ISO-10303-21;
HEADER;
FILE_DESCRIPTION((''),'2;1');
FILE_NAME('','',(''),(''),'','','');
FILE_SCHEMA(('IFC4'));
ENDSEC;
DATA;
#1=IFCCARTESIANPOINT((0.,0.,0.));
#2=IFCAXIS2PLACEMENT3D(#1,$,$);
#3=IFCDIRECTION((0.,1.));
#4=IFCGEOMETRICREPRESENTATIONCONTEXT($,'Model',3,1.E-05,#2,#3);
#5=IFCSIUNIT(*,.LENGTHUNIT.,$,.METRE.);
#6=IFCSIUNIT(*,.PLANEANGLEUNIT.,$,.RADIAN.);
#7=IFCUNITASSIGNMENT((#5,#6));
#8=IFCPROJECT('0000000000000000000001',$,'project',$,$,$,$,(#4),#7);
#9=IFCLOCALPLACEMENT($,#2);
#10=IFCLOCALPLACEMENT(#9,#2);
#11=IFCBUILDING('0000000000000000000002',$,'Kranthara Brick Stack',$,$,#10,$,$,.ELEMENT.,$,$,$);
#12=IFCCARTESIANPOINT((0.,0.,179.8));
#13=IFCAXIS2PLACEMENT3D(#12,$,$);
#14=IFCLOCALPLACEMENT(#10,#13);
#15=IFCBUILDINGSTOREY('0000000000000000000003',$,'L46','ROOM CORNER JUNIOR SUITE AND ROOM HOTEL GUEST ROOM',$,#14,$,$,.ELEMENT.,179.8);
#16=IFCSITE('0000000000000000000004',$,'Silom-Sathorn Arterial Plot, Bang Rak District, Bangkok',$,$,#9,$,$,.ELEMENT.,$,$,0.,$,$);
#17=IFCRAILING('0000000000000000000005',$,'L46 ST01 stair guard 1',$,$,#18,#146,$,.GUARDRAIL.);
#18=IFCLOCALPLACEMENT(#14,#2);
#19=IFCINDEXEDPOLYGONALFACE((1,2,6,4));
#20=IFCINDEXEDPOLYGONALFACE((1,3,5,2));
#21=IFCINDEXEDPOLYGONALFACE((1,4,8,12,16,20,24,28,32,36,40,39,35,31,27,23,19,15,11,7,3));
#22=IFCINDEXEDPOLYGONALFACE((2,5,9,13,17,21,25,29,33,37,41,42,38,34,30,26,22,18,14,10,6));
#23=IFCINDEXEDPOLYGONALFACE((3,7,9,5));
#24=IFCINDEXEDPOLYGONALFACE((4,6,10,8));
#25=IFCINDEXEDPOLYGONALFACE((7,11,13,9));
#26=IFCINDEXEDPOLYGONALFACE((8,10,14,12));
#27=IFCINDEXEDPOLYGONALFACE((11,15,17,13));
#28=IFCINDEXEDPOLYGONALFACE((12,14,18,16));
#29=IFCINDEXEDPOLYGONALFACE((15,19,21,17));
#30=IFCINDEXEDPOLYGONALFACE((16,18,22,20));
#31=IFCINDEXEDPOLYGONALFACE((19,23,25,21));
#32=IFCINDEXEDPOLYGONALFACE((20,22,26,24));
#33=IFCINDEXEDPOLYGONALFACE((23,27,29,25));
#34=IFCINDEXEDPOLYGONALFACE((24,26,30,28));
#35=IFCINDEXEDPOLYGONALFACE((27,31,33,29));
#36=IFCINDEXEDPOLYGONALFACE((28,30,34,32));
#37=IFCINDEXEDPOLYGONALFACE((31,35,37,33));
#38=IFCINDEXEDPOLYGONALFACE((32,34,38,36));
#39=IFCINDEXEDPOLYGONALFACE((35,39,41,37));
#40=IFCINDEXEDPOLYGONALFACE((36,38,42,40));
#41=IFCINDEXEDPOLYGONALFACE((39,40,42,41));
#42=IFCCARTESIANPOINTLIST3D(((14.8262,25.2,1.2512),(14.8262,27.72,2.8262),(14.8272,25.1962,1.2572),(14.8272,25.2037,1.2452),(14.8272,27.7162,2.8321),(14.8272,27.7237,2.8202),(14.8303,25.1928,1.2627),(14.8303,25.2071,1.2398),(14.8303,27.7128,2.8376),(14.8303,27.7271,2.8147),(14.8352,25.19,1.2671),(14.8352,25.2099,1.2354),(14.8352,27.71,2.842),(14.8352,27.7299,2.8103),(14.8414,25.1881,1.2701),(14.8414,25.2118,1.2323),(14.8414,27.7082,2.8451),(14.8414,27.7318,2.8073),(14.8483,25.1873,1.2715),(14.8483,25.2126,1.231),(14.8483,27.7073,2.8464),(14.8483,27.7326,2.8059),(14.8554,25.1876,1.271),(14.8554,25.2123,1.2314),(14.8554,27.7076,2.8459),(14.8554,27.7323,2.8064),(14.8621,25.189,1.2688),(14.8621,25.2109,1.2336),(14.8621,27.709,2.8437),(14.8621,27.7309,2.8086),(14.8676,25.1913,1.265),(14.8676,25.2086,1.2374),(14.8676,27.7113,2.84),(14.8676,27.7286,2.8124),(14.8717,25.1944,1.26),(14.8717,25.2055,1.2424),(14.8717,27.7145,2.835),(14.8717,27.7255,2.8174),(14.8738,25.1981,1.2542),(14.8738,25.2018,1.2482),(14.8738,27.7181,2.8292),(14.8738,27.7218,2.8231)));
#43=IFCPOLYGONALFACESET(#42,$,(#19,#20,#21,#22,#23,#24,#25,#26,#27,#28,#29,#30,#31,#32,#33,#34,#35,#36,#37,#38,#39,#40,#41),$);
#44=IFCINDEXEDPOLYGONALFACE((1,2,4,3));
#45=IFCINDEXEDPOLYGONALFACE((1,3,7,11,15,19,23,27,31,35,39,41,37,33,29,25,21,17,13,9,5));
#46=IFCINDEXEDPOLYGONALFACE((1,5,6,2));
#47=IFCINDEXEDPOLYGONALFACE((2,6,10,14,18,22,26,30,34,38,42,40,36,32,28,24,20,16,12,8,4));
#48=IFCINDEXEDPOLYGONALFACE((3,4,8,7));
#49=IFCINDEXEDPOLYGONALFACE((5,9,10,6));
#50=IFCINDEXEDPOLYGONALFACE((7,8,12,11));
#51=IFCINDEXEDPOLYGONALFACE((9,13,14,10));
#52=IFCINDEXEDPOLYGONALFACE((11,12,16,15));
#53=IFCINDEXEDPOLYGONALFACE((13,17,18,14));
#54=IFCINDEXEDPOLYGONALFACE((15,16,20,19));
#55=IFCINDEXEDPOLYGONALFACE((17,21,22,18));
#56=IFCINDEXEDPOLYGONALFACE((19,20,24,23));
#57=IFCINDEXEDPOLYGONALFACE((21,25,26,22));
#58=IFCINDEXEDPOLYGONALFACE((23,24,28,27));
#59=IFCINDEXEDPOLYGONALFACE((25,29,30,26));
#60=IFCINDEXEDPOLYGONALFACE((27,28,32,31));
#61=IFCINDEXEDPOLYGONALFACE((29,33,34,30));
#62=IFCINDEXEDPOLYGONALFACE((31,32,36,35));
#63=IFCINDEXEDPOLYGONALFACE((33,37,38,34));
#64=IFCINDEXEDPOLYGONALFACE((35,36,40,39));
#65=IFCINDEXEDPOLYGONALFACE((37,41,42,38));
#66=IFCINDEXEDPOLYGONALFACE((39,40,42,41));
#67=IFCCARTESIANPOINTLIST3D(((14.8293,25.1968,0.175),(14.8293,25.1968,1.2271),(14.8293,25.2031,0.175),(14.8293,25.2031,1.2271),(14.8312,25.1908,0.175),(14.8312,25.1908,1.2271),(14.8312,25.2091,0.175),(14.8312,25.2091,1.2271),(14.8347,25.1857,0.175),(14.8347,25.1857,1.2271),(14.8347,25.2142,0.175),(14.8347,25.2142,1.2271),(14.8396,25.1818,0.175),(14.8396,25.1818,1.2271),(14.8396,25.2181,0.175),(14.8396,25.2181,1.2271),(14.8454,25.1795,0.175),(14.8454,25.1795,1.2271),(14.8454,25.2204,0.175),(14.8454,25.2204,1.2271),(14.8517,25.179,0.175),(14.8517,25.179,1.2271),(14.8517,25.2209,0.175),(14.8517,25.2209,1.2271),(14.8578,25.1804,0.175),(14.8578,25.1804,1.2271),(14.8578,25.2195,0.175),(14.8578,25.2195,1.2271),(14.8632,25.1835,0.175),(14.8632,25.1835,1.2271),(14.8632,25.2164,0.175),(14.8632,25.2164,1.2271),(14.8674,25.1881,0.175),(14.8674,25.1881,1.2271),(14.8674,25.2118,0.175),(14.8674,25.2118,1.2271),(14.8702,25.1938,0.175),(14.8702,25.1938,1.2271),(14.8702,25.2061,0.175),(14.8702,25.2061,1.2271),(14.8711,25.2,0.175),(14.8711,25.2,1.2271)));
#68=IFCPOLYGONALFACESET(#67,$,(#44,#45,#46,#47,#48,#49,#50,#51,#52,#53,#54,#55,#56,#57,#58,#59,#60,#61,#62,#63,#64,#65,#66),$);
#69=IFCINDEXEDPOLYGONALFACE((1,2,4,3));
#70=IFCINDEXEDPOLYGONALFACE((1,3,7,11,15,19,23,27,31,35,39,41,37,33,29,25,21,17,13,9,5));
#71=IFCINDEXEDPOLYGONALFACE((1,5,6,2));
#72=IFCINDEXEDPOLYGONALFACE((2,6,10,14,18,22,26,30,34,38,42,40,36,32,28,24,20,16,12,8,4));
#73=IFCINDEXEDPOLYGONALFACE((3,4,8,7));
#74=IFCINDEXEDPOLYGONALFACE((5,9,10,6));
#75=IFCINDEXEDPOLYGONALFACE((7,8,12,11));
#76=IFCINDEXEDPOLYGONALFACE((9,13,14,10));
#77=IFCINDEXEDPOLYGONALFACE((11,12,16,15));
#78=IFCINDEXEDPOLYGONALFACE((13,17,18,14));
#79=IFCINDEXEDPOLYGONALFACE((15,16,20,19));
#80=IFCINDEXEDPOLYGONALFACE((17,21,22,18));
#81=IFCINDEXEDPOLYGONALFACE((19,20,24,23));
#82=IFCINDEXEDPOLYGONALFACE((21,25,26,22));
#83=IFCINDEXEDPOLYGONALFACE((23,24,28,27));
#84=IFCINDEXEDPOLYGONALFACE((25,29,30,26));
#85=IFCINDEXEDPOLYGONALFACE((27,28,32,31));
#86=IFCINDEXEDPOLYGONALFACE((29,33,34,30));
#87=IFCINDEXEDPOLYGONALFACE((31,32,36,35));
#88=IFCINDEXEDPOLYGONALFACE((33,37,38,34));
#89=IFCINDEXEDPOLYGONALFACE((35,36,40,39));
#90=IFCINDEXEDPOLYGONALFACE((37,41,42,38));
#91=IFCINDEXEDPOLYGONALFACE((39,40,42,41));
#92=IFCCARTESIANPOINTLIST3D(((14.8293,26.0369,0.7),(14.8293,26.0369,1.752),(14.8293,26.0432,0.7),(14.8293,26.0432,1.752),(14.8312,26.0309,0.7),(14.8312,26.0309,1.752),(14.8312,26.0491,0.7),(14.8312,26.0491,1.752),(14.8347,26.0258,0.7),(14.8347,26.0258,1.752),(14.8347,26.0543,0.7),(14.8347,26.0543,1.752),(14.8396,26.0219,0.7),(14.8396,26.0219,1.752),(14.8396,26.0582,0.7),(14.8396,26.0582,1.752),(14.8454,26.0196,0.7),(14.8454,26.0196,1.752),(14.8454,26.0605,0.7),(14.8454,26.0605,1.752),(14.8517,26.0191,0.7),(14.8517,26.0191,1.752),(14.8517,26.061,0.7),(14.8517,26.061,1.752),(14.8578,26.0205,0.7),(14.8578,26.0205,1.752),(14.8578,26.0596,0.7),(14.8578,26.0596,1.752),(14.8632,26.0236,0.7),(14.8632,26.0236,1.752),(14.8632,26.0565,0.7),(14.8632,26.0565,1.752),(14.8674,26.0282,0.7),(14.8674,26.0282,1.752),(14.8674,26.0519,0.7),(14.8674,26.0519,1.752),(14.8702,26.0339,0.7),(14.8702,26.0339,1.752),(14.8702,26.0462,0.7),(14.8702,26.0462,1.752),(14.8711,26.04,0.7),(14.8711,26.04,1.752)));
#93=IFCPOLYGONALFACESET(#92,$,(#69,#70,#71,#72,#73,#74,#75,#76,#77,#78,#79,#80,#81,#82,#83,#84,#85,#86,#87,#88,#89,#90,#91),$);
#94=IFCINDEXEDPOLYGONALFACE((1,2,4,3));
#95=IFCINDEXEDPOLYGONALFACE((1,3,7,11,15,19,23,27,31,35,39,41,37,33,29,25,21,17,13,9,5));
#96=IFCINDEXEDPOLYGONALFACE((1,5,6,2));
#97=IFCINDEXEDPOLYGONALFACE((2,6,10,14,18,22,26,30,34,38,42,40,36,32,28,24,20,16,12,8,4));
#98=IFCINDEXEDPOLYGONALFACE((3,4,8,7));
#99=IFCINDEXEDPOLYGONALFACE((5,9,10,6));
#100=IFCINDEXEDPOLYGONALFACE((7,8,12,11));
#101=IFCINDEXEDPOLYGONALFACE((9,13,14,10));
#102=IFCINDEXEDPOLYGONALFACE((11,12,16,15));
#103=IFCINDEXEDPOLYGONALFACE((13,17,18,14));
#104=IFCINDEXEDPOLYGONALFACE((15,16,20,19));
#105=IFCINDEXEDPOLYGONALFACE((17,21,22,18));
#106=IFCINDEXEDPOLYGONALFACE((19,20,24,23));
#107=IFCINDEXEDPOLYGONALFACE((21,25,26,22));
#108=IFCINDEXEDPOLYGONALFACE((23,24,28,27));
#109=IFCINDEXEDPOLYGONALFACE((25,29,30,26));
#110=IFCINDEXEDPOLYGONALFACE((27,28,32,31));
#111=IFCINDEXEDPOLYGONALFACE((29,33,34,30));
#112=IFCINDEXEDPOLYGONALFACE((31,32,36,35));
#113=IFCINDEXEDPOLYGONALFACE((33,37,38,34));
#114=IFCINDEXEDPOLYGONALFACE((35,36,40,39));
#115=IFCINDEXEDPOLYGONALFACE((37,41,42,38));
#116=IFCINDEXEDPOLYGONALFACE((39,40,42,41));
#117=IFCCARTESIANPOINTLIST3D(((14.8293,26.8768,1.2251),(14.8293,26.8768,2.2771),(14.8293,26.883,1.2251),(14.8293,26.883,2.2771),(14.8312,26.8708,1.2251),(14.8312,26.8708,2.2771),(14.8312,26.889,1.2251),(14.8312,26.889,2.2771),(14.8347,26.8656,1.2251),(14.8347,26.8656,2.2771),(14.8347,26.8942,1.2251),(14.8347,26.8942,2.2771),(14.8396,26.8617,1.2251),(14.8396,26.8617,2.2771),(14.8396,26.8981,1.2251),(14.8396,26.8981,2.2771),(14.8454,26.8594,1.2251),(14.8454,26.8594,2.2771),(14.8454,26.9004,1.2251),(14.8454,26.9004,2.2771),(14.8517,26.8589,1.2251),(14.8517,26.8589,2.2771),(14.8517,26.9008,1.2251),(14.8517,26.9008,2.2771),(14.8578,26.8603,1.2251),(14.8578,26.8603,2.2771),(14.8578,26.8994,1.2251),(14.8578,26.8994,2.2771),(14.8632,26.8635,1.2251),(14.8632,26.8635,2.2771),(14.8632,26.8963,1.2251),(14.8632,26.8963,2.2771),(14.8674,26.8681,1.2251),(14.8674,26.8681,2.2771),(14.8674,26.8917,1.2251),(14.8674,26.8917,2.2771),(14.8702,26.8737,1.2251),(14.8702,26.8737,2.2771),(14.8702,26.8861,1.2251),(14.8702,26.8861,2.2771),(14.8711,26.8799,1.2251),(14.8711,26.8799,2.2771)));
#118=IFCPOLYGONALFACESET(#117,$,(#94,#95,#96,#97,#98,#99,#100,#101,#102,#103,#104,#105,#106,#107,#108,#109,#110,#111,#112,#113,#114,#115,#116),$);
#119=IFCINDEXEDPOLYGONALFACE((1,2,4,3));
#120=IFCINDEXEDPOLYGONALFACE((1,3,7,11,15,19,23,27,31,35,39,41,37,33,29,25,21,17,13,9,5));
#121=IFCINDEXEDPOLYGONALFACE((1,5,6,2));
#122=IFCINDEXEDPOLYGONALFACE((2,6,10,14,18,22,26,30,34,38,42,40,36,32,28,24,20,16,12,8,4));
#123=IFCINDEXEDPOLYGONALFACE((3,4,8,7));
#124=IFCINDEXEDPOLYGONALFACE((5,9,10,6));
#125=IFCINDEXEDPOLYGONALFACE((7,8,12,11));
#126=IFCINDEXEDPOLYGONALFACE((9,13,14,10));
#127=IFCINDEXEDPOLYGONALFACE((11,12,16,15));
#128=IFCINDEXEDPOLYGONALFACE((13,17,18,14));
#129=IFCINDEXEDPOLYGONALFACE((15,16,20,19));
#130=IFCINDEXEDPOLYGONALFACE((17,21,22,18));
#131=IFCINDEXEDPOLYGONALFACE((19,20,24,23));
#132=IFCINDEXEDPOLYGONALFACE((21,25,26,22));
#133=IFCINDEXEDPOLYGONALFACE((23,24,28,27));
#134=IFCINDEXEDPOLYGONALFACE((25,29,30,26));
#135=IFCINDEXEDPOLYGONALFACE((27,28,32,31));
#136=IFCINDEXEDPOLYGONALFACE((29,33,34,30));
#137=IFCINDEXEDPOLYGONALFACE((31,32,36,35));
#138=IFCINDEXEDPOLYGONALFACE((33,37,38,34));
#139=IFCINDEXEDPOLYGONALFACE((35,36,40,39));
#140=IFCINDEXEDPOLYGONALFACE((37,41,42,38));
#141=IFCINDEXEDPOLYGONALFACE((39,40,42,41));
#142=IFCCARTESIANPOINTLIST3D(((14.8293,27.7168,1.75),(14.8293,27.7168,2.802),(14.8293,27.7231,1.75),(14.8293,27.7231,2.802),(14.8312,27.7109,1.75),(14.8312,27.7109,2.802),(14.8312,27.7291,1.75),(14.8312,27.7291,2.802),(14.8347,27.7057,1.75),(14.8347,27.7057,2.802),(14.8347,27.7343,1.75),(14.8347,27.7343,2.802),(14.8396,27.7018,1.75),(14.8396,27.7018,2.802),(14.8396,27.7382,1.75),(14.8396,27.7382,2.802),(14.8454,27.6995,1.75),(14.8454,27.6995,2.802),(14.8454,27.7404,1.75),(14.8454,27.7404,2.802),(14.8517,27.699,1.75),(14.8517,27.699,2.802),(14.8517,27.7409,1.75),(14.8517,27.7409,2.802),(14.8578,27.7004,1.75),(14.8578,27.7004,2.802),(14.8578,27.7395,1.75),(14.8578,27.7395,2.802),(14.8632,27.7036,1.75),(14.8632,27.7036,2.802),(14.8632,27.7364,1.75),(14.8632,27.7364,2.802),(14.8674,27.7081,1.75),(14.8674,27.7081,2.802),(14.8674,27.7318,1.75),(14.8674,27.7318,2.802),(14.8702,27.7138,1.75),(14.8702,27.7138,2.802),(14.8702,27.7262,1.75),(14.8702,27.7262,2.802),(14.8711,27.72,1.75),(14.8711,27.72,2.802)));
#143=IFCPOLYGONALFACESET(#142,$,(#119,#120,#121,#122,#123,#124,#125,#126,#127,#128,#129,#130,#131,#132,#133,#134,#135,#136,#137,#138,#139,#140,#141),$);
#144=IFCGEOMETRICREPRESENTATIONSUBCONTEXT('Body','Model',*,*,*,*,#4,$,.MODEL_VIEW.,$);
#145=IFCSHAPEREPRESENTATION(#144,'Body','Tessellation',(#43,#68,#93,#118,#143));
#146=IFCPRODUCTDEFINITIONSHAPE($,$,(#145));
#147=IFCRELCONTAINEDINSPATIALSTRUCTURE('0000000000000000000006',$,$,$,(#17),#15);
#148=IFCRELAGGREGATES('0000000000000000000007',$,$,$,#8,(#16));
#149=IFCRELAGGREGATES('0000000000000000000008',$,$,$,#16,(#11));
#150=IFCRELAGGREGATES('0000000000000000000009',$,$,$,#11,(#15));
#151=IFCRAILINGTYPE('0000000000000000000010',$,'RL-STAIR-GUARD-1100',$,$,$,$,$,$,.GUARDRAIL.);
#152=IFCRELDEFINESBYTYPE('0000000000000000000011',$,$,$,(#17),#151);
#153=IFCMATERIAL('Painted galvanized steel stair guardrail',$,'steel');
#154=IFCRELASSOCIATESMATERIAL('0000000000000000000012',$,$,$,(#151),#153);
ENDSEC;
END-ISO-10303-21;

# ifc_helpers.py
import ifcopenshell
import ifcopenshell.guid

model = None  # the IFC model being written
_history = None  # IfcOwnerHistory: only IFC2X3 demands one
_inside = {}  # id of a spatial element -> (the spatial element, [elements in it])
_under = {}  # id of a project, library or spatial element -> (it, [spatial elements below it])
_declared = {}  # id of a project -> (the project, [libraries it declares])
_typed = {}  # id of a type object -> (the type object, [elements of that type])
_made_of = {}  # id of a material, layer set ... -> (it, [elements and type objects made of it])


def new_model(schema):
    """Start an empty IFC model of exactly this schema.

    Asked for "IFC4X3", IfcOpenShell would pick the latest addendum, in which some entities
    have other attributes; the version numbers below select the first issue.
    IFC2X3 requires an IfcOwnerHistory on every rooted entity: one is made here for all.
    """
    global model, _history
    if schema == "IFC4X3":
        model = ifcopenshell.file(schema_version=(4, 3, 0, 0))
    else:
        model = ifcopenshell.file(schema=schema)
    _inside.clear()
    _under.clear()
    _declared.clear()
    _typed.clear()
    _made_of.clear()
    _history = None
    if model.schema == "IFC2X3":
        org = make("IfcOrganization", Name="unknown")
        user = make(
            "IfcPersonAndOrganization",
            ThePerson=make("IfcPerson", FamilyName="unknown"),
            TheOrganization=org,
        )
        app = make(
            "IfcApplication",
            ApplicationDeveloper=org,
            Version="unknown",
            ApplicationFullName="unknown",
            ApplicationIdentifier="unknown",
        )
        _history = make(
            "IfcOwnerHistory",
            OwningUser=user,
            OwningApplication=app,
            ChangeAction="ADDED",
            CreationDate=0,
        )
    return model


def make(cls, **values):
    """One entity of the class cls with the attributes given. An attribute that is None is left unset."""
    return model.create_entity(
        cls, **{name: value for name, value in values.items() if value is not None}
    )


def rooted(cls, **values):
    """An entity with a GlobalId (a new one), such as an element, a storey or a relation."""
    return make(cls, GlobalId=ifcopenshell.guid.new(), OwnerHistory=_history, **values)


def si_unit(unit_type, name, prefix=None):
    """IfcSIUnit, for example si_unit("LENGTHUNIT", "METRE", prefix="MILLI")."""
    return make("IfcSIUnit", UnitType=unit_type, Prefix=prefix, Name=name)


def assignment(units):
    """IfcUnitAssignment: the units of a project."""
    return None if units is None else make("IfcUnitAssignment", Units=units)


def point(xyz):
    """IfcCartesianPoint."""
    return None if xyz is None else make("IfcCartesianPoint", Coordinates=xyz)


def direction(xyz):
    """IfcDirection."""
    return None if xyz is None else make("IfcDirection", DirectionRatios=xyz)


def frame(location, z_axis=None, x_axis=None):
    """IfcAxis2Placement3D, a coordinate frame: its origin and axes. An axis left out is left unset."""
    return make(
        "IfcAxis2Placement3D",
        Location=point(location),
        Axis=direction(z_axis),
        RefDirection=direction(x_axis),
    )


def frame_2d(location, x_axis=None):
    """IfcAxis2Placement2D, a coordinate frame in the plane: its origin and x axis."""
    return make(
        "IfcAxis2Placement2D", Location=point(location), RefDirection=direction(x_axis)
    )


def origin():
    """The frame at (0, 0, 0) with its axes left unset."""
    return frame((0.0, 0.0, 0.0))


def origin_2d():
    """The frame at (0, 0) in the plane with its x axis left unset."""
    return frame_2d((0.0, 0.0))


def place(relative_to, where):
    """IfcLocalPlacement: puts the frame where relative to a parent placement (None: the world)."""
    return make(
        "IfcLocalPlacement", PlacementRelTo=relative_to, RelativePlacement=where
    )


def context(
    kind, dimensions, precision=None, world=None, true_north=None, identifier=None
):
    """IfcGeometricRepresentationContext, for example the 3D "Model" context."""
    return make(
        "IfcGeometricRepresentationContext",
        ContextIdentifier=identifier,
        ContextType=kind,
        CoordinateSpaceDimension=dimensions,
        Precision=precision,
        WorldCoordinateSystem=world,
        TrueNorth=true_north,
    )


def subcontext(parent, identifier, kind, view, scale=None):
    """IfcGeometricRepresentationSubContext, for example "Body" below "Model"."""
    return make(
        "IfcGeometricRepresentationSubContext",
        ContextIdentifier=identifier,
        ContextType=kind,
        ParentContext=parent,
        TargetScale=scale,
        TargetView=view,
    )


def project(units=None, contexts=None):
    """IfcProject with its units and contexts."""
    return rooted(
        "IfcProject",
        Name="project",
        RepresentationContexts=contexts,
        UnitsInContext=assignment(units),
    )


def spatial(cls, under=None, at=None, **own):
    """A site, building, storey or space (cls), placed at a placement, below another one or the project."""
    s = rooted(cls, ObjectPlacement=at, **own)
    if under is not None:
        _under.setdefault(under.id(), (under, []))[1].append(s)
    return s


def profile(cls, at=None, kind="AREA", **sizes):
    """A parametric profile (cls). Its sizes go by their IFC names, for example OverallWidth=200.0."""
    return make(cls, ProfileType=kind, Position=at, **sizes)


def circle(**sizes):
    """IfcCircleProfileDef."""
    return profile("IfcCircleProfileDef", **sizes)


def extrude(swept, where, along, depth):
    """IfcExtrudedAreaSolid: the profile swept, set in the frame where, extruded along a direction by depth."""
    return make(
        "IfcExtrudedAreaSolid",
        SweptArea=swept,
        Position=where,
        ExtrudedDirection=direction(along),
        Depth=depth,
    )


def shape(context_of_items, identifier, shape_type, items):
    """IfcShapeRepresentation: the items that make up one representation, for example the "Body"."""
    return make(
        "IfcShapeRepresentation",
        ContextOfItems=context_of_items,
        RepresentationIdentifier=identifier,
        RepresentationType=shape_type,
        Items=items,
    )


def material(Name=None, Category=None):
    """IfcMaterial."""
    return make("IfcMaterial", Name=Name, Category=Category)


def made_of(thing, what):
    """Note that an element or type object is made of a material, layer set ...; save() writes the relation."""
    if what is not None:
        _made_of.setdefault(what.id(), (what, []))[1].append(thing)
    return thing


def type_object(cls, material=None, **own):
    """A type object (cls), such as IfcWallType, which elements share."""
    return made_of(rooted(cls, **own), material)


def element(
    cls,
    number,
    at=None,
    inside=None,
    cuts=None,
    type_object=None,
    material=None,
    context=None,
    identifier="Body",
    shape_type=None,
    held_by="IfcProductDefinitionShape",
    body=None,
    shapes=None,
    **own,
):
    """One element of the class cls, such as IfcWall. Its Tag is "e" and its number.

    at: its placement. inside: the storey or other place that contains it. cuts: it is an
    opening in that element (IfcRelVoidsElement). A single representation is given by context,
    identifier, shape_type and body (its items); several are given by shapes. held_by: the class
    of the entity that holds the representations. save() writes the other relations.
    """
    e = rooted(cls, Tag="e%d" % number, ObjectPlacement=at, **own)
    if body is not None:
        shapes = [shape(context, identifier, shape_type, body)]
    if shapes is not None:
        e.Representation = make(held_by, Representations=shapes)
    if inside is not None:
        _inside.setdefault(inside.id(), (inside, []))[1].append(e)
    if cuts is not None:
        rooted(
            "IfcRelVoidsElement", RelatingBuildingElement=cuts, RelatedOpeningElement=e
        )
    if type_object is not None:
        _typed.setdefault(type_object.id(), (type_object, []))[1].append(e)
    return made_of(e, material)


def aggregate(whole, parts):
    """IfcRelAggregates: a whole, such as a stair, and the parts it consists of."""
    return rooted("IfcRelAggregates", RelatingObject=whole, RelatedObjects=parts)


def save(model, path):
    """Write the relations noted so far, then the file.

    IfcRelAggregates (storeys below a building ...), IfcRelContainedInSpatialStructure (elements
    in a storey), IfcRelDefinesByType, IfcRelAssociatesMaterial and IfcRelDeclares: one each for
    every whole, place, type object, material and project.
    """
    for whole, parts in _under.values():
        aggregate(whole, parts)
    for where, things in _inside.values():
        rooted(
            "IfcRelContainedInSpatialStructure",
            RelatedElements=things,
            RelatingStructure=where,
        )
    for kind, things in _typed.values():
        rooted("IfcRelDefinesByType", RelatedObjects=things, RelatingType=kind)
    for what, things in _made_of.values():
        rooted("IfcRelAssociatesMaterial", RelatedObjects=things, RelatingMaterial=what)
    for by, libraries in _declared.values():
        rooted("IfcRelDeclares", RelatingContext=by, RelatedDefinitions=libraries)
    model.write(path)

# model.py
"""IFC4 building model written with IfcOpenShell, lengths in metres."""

from ifc_helpers import new_model, si_unit, direction, frame, origin, origin_2d, place, context, subcontext, project, spatial, circle, extrude, material, type_object, element, save


model = new_model("IFC4")

# Units and contexts
model_context = context("Model", 3, precision=1e-05, world=origin(), true_north=direction((0.0, 1.0)))
body_context = subcontext(model_context, "Body", "Model", "MODEL_VIEW")
ifc_project = project(units=[si_unit("LENGTHUNIT", "METRE"), si_unit("PLANEANGLEUNIT", "RADIAN")], contexts=[model_context])

# Site, building, storey
site_placement = place(None, origin())
site = spatial("IfcSite", under=ifc_project, at=site_placement, Name="Silom-Sathorn Arterial Plot, Bang Rak District, Bangkok", CompositionType="ELEMENT", RefElevation=0.0)
building_placement = place(site_placement, origin())
building = spatial("IfcBuilding", under=site, at=building_placement, Name="Kranthara Brick Stack", CompositionType="ELEMENT")
storey_placement = place(building_placement, frame((0.0, 0.0, 179.8)))
storey = spatial("IfcBuildingStorey", under=building, at=storey_placement, Name="L46", Description="ROOM CORNER JUNIOR SUITE AND ROOM HOTEL GUEST ROOM", CompositionType="ELEMENT", Elevation=179.8)

# Railing
ifc_material_1 = material(Name="Painted galvanized steel stair guardrail", Category="steel")
railing_type_1 = type_object("IfcRailingType", Name="RL-STAIR-GUARD-1100", PredefinedType="GUARDRAIL", material=ifc_material_1)
railing_1_placement = place(storey_placement, frame((14.8501, 25.2, 0.175)))
element("IfcRailing", 1, at=railing_1_placement, inside=storey, type_object=railing_type_1, Name="L46 ST01 stair guard 1", PredefinedType="GUARDRAIL", context=body_context, shape_type="SweptSolid", body=[
    extrude(circle(Radius=0.0239, at=origin_2d()), frame((0.0, 0.0, 1.0762), z_axis=(0.0, 0.848008, 0.529984), x_axis=(-1.0, 0.0, 0.0)), (0.0, 0.0, 1.0), 2.9717),
    extrude(circle(Radius=0.021, at=origin_2d()), origin(), (0.0, 0.0, 1.0), 1.052),
    extrude(circle(Radius=0.021, at=origin_2d()), frame((0.0, 0.8401, 0.5249)), (0.0, 0.0, 1.0), 1.052),
    extrude(circle(Radius=0.021, at=origin_2d()), frame((0.0, 1.6799, 1.05)), (0.0, 0.0, 1.0), 1.052),
    extrude(circle(Radius=0.021, at=origin_2d()), frame((0.0, 2.52, 1.575)), (0.0, 0.0, 1.0), 1.052),
])

save(model, "model.ifc")
